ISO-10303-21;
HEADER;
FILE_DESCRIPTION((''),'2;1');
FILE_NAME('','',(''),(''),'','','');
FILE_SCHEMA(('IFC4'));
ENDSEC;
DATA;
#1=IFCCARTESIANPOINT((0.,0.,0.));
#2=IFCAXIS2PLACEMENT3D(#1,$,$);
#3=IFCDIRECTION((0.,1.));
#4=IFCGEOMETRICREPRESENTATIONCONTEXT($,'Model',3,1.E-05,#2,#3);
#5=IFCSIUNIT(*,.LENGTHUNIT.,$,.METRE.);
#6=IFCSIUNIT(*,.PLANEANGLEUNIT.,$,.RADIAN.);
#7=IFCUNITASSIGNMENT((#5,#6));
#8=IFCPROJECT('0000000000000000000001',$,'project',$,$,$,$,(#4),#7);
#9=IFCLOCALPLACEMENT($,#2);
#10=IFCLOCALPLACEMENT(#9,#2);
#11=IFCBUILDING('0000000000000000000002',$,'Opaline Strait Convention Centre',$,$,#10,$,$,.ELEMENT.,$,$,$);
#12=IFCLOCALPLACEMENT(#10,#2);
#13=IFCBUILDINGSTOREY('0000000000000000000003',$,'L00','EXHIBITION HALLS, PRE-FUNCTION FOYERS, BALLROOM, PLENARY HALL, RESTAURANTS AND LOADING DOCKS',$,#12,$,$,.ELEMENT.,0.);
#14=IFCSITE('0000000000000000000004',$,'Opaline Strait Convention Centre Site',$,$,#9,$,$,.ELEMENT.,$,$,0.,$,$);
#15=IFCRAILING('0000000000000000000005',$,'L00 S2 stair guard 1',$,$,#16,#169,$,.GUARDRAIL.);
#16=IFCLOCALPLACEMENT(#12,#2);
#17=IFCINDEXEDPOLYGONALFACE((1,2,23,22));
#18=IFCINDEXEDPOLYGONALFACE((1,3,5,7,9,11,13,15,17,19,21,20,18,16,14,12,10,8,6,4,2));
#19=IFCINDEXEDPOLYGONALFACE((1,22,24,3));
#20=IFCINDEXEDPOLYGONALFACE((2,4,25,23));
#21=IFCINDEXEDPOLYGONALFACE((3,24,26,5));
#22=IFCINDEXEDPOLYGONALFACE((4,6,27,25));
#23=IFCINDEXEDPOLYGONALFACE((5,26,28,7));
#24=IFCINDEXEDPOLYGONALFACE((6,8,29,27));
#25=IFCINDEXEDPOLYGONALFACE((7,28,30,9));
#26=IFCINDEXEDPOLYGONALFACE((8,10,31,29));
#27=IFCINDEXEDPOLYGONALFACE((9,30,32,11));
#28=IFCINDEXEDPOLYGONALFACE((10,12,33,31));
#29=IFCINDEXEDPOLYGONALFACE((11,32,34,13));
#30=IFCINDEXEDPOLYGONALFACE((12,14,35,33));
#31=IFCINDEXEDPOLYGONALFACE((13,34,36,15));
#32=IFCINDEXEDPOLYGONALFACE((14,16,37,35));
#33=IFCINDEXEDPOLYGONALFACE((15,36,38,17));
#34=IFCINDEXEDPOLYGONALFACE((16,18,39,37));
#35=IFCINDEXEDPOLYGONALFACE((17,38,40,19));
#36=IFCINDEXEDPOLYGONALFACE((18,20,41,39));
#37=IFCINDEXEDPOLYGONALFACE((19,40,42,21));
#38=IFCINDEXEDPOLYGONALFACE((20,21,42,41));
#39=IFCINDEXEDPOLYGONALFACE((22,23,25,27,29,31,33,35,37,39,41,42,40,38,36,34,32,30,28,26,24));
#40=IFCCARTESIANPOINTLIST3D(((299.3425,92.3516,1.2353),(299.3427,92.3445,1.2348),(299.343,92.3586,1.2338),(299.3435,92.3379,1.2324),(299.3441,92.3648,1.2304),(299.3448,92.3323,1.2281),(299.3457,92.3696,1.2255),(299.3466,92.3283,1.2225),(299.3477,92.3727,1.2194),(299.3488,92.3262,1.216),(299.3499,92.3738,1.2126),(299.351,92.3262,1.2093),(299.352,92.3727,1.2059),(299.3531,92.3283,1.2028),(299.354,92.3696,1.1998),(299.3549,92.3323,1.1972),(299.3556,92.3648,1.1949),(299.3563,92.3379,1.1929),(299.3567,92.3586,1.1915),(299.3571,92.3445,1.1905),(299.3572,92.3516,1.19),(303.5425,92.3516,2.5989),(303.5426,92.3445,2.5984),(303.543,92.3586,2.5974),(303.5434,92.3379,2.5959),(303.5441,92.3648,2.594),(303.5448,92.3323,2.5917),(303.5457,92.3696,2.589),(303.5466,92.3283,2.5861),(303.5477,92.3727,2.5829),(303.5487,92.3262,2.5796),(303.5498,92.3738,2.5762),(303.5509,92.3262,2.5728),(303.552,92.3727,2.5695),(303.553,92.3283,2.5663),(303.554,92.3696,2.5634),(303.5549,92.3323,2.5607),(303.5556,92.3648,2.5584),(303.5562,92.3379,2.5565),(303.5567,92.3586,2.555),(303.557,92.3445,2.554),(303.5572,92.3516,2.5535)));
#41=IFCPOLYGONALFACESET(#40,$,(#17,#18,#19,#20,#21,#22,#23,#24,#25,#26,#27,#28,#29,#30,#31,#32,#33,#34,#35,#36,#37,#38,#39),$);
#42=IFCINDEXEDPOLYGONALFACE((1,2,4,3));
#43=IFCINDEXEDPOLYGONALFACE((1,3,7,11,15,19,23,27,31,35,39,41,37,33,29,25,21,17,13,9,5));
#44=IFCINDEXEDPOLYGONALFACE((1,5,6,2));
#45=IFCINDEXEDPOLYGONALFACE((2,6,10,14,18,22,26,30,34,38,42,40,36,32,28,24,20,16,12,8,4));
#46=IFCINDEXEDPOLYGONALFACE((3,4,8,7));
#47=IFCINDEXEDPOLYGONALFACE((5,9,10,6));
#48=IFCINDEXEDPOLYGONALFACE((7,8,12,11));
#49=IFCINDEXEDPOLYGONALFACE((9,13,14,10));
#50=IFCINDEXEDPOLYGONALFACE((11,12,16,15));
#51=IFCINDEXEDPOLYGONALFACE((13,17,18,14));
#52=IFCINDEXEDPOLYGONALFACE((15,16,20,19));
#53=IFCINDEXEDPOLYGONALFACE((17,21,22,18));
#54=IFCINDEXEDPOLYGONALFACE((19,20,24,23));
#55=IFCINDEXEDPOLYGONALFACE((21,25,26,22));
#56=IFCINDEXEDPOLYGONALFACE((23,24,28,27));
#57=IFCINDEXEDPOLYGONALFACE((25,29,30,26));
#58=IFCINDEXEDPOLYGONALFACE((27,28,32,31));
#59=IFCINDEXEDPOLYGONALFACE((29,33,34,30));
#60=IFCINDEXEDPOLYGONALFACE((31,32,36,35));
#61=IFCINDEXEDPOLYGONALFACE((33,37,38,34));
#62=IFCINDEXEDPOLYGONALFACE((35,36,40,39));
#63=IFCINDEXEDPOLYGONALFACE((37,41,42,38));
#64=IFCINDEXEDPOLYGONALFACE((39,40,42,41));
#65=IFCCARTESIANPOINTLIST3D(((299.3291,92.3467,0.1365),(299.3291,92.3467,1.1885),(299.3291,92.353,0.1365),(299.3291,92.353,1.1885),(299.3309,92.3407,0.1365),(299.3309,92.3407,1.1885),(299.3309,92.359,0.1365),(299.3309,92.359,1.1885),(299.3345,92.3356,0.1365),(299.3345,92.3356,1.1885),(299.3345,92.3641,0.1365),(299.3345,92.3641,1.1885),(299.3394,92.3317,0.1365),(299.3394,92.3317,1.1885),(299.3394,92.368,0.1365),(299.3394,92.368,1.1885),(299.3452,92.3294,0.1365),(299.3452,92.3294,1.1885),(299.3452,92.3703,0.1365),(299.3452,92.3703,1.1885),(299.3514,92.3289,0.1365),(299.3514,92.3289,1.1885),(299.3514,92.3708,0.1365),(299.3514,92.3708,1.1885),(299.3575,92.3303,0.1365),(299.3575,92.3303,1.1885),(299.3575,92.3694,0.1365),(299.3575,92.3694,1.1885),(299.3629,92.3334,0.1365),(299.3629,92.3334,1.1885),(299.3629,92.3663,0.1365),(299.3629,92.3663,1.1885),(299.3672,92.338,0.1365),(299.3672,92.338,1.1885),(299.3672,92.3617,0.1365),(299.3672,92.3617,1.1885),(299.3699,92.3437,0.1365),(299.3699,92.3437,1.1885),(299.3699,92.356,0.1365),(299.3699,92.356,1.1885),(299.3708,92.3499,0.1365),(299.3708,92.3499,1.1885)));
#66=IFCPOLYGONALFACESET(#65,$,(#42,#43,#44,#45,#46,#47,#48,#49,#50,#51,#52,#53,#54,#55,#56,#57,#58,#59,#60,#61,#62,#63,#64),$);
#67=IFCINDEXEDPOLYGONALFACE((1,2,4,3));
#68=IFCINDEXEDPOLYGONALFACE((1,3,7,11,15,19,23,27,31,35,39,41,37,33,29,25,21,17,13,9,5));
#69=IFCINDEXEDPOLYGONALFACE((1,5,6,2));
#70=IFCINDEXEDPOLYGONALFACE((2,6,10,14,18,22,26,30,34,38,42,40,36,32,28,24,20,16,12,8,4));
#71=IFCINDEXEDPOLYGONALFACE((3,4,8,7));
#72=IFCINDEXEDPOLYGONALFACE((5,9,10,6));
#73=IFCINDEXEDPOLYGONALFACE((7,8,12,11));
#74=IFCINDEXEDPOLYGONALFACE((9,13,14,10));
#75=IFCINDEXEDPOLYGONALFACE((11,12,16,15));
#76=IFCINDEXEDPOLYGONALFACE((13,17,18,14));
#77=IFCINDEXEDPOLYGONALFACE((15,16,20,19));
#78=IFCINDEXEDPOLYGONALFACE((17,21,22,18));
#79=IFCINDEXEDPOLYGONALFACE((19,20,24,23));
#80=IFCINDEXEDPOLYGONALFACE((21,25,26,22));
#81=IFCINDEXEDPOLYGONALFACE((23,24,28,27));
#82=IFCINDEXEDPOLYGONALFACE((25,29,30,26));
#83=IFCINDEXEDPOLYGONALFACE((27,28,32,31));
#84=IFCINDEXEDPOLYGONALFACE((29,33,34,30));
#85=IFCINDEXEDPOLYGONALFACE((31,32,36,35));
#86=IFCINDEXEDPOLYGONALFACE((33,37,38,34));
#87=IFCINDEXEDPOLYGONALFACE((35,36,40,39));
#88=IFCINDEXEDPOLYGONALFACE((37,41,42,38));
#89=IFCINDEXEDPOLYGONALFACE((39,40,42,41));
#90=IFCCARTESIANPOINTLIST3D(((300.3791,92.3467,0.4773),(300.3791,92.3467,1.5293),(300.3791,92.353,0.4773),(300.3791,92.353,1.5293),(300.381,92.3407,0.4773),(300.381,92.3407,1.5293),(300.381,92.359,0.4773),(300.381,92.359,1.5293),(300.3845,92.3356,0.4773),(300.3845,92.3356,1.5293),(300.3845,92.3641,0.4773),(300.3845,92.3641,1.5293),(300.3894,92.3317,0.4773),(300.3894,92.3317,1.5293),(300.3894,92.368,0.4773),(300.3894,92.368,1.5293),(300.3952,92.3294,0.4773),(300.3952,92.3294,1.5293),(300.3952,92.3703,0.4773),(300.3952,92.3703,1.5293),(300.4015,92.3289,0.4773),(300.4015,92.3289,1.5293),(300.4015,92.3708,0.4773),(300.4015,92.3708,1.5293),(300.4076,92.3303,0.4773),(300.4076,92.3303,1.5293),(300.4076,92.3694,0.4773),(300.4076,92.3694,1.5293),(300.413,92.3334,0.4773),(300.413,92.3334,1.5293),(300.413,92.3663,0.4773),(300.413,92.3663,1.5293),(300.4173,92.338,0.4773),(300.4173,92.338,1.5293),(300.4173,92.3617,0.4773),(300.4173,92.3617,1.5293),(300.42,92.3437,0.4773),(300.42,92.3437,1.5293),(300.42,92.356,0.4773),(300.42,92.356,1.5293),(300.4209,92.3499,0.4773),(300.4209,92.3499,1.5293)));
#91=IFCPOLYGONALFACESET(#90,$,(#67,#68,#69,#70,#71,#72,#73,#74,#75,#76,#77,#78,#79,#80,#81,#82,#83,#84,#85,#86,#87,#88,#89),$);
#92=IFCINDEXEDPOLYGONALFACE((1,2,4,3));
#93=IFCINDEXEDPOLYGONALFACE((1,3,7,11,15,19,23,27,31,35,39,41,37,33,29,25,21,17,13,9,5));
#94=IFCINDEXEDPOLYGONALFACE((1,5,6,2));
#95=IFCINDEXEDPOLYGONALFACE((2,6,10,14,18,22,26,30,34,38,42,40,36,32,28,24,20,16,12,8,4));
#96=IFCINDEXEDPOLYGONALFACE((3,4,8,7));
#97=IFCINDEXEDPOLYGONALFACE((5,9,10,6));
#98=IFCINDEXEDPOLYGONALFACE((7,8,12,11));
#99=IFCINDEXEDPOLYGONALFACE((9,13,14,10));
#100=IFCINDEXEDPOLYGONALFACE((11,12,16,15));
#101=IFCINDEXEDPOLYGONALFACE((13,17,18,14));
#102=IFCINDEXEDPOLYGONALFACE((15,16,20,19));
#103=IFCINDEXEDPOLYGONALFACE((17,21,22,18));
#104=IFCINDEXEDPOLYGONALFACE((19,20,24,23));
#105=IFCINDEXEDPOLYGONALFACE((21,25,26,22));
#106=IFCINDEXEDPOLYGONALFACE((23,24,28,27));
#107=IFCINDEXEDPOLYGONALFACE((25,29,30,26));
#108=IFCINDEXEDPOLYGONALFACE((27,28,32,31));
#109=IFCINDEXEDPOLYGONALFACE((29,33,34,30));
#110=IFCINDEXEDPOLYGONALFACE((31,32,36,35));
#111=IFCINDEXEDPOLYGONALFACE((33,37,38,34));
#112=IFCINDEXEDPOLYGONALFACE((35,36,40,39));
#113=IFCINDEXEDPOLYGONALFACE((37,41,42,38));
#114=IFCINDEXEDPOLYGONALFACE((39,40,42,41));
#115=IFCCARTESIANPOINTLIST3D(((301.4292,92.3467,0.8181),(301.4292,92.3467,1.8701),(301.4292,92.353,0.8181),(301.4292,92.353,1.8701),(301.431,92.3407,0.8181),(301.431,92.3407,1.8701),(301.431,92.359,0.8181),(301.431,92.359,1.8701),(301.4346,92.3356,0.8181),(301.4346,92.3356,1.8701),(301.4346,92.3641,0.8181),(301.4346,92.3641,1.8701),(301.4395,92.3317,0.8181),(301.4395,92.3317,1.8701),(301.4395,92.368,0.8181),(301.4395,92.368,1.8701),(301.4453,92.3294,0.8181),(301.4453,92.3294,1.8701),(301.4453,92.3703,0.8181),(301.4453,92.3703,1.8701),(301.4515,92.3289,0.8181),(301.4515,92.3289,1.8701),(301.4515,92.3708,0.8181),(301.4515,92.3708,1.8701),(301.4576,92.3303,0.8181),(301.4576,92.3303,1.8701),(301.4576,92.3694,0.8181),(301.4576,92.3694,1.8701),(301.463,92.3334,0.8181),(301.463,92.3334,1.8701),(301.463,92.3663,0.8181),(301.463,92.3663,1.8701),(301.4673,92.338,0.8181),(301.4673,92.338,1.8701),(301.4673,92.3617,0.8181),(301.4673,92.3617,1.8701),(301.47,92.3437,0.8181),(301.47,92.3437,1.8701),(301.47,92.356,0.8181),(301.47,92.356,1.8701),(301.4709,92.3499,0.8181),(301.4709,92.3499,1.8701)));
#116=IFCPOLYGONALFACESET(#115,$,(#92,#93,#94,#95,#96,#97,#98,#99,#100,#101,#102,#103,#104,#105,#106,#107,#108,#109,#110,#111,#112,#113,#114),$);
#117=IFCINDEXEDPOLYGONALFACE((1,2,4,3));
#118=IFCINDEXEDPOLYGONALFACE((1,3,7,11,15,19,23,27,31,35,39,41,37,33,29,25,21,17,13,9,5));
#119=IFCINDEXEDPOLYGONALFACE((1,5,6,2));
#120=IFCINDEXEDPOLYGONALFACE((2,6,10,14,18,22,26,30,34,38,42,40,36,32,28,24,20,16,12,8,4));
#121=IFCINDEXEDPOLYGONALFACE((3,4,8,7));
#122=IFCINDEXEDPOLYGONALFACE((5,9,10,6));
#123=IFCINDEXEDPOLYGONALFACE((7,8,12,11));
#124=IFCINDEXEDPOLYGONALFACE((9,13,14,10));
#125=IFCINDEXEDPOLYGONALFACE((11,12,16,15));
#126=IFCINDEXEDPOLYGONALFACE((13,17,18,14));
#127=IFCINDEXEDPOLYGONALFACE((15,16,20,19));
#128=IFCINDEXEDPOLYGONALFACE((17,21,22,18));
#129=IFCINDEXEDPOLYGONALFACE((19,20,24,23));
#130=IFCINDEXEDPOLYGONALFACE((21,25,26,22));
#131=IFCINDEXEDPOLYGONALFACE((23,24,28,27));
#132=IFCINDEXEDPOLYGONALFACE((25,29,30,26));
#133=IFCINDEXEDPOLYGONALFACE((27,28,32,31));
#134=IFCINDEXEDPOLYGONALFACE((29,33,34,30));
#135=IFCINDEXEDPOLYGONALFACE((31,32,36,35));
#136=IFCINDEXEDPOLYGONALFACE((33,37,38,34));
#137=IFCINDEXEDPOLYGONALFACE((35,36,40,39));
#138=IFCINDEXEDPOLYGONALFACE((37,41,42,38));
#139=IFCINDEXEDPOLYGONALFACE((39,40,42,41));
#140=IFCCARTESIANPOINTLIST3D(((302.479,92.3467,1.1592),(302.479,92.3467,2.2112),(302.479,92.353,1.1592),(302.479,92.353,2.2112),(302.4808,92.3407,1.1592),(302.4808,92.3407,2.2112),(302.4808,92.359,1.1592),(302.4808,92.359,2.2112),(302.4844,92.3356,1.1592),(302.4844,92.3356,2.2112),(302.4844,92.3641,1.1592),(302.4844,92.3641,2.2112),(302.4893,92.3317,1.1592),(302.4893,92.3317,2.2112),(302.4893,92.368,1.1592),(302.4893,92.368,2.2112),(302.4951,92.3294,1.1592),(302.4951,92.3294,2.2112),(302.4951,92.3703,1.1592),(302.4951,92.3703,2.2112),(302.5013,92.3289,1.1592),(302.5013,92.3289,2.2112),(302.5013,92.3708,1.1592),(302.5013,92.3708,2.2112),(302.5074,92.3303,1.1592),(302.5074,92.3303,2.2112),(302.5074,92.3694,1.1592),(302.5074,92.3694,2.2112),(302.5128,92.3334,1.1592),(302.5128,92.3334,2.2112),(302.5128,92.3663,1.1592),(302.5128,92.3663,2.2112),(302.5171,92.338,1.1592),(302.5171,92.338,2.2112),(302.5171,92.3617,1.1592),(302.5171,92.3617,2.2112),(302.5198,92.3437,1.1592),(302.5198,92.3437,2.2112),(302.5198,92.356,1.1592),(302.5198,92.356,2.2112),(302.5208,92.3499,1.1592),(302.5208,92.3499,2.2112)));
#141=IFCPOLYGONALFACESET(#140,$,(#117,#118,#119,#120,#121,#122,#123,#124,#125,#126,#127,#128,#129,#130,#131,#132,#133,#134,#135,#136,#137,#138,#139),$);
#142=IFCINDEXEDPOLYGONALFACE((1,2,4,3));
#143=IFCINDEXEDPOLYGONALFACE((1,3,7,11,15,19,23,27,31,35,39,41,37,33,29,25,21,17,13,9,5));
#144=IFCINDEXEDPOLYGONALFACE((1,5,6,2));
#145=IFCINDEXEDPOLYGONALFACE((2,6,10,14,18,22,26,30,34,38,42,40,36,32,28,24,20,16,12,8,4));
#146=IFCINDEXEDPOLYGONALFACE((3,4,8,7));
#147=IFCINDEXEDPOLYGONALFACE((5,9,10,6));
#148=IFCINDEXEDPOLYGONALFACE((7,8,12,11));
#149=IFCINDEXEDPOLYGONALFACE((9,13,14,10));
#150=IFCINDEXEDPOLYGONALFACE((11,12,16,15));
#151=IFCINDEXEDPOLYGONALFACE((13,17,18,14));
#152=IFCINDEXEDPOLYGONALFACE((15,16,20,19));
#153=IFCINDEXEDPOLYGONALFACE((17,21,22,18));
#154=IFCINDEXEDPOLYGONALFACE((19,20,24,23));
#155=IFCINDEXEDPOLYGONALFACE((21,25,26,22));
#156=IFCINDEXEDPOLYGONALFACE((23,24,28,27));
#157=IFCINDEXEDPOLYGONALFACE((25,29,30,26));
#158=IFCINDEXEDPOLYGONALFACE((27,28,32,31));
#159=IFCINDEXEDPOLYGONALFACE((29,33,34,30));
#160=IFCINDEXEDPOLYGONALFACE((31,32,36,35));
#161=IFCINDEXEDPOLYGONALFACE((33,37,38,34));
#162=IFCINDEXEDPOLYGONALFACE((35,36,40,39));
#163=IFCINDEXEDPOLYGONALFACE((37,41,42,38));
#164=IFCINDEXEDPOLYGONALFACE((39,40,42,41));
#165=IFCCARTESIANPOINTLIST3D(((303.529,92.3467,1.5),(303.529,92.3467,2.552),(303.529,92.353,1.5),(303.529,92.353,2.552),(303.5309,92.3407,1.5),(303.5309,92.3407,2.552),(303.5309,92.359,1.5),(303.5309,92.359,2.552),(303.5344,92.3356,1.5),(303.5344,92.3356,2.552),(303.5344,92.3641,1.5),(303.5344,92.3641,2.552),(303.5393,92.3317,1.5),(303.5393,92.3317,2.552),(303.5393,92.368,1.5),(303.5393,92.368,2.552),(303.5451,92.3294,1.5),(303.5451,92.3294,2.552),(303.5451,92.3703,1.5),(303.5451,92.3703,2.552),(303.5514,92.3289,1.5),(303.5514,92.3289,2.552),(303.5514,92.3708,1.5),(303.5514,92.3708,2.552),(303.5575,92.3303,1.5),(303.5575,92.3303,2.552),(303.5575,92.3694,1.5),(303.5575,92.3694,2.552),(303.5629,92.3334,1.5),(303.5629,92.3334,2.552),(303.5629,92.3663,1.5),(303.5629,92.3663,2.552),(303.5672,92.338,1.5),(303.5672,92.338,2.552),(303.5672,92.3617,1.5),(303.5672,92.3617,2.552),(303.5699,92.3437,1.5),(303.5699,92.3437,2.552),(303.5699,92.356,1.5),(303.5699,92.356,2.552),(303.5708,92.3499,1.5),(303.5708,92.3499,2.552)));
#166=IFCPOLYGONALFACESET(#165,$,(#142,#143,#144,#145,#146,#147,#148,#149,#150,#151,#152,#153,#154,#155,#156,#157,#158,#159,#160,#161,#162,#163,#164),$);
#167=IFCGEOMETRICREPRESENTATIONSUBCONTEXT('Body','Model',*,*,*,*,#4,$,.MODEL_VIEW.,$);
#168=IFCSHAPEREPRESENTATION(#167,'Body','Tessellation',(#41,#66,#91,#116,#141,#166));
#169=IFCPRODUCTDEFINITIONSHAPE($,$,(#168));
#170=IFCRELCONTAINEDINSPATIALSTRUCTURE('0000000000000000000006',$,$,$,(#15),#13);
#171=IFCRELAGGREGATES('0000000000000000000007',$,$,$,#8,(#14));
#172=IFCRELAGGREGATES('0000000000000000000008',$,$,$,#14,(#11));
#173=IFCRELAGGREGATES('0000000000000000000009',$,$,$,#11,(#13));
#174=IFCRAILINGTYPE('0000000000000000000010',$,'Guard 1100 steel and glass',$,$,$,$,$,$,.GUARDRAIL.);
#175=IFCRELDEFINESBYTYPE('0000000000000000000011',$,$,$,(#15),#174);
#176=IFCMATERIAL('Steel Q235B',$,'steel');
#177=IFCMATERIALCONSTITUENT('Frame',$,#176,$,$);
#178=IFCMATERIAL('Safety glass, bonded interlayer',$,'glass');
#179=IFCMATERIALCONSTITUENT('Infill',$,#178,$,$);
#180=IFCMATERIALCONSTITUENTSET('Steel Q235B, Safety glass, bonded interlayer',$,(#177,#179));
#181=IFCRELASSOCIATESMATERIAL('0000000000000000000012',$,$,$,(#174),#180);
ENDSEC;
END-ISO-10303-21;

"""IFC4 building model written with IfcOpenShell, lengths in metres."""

from ifc_helpers import new_model, si_unit, direction, frame, origin, origin_2d, place, context, subcontext, project, spatial, circle, extrude, material, constituent, constituent_set, type_object, element, save


model = new_model("IFC4")

# Units and contexts
model_context = context("Model", 3, precision=1e-05, world=origin(), true_north=direction((0.0, 1.0)))
body_context = subcontext(model_context, "Body", "Model", "MODEL_VIEW")
ifc_project = project(units=[si_unit("LENGTHUNIT", "METRE"), si_unit("PLANEANGLEUNIT", "RADIAN")], contexts=[model_context])

# Site, building, storey
site_placement = place(None, origin())
site = spatial("IfcSite", under=ifc_project, at=site_placement, Name="Opaline Strait Convention Centre Site", CompositionType="ELEMENT", RefElevation=0.0)
building_placement = place(site_placement, origin())
building = spatial("IfcBuilding", under=site, at=building_placement, Name="Opaline Strait Convention Centre", CompositionType="ELEMENT")
storey_placement = place(building_placement, origin())
storey = spatial("IfcBuildingStorey", under=building, at=storey_placement, Name="L00", Description="EXHIBITION HALLS, PRE-FUNCTION FOYERS, BALLROOM, PLENARY HALL, RESTAURANTS AND LOADING DOCKS", CompositionType="ELEMENT", Elevation=0.0)

# Railing
ifc_material_1 = material(Name="Steel Q235B", Category="steel")
ifc_constituent_1 = constituent(ifc_material_1, Name="Frame")
ifc_material_2 = material(Name="Safety glass, bonded interlayer", Category="glass")
ifc_constituent_2 = constituent(ifc_material_2, Name="Infill")
ifc_constituent_set = constituent_set(constituents=[ifc_constituent_1, ifc_constituent_2], Name="Steel Q235B, Safety glass, bonded interlayer")
railing_type_1 = type_object("IfcRailingType", Name="Guard 1100 steel and glass", PredefinedType="GUARDRAIL", material=ifc_constituent_set)
railing_1_placement = place(storey_placement, frame((299.3499, 92.3499, 0.1365)))
element("IfcRailing", 1, at=railing_1_placement, inside=storey, type_object=railing_type_1, Name="L00 S2 stair guard 1", PredefinedType="GUARDRAIL", context=body_context, shape_type="SweptSolid", body=[
    extrude(circle(Radius=0.0239, at=origin_2d()), frame((0.0, 0.0, 1.0762), z_axis=(0.951131, 0.0, 0.308787), x_axis=(0.0, 1.0, 0.0)), (0.0, 0.0, 1.0), 4.4158),
    extrude(circle(Radius=0.021, at=origin_2d()), origin(), (0.0, 0.0, 1.0), 1.052),
    extrude(circle(Radius=0.021, at=origin_2d()), frame((1.05, 0.0, 0.3408)), (0.0, 0.0, 1.0), 1.052),
    extrude(circle(Radius=0.021, at=origin_2d()), frame((2.1001, 0.0, 0.6816)), (0.0, 0.0, 1.0), 1.052),
    extrude(circle(Radius=0.021, at=origin_2d()), frame((3.1499, 0.0, 1.0227)), (0.0, 0.0, 1.0), 1.052),
    extrude(circle(Radius=0.021, at=origin_2d()), frame((4.2, 0.0, 1.3635)), (0.0, 0.0, 1.0), 1.052),
])

save(model, "model.ifc")
